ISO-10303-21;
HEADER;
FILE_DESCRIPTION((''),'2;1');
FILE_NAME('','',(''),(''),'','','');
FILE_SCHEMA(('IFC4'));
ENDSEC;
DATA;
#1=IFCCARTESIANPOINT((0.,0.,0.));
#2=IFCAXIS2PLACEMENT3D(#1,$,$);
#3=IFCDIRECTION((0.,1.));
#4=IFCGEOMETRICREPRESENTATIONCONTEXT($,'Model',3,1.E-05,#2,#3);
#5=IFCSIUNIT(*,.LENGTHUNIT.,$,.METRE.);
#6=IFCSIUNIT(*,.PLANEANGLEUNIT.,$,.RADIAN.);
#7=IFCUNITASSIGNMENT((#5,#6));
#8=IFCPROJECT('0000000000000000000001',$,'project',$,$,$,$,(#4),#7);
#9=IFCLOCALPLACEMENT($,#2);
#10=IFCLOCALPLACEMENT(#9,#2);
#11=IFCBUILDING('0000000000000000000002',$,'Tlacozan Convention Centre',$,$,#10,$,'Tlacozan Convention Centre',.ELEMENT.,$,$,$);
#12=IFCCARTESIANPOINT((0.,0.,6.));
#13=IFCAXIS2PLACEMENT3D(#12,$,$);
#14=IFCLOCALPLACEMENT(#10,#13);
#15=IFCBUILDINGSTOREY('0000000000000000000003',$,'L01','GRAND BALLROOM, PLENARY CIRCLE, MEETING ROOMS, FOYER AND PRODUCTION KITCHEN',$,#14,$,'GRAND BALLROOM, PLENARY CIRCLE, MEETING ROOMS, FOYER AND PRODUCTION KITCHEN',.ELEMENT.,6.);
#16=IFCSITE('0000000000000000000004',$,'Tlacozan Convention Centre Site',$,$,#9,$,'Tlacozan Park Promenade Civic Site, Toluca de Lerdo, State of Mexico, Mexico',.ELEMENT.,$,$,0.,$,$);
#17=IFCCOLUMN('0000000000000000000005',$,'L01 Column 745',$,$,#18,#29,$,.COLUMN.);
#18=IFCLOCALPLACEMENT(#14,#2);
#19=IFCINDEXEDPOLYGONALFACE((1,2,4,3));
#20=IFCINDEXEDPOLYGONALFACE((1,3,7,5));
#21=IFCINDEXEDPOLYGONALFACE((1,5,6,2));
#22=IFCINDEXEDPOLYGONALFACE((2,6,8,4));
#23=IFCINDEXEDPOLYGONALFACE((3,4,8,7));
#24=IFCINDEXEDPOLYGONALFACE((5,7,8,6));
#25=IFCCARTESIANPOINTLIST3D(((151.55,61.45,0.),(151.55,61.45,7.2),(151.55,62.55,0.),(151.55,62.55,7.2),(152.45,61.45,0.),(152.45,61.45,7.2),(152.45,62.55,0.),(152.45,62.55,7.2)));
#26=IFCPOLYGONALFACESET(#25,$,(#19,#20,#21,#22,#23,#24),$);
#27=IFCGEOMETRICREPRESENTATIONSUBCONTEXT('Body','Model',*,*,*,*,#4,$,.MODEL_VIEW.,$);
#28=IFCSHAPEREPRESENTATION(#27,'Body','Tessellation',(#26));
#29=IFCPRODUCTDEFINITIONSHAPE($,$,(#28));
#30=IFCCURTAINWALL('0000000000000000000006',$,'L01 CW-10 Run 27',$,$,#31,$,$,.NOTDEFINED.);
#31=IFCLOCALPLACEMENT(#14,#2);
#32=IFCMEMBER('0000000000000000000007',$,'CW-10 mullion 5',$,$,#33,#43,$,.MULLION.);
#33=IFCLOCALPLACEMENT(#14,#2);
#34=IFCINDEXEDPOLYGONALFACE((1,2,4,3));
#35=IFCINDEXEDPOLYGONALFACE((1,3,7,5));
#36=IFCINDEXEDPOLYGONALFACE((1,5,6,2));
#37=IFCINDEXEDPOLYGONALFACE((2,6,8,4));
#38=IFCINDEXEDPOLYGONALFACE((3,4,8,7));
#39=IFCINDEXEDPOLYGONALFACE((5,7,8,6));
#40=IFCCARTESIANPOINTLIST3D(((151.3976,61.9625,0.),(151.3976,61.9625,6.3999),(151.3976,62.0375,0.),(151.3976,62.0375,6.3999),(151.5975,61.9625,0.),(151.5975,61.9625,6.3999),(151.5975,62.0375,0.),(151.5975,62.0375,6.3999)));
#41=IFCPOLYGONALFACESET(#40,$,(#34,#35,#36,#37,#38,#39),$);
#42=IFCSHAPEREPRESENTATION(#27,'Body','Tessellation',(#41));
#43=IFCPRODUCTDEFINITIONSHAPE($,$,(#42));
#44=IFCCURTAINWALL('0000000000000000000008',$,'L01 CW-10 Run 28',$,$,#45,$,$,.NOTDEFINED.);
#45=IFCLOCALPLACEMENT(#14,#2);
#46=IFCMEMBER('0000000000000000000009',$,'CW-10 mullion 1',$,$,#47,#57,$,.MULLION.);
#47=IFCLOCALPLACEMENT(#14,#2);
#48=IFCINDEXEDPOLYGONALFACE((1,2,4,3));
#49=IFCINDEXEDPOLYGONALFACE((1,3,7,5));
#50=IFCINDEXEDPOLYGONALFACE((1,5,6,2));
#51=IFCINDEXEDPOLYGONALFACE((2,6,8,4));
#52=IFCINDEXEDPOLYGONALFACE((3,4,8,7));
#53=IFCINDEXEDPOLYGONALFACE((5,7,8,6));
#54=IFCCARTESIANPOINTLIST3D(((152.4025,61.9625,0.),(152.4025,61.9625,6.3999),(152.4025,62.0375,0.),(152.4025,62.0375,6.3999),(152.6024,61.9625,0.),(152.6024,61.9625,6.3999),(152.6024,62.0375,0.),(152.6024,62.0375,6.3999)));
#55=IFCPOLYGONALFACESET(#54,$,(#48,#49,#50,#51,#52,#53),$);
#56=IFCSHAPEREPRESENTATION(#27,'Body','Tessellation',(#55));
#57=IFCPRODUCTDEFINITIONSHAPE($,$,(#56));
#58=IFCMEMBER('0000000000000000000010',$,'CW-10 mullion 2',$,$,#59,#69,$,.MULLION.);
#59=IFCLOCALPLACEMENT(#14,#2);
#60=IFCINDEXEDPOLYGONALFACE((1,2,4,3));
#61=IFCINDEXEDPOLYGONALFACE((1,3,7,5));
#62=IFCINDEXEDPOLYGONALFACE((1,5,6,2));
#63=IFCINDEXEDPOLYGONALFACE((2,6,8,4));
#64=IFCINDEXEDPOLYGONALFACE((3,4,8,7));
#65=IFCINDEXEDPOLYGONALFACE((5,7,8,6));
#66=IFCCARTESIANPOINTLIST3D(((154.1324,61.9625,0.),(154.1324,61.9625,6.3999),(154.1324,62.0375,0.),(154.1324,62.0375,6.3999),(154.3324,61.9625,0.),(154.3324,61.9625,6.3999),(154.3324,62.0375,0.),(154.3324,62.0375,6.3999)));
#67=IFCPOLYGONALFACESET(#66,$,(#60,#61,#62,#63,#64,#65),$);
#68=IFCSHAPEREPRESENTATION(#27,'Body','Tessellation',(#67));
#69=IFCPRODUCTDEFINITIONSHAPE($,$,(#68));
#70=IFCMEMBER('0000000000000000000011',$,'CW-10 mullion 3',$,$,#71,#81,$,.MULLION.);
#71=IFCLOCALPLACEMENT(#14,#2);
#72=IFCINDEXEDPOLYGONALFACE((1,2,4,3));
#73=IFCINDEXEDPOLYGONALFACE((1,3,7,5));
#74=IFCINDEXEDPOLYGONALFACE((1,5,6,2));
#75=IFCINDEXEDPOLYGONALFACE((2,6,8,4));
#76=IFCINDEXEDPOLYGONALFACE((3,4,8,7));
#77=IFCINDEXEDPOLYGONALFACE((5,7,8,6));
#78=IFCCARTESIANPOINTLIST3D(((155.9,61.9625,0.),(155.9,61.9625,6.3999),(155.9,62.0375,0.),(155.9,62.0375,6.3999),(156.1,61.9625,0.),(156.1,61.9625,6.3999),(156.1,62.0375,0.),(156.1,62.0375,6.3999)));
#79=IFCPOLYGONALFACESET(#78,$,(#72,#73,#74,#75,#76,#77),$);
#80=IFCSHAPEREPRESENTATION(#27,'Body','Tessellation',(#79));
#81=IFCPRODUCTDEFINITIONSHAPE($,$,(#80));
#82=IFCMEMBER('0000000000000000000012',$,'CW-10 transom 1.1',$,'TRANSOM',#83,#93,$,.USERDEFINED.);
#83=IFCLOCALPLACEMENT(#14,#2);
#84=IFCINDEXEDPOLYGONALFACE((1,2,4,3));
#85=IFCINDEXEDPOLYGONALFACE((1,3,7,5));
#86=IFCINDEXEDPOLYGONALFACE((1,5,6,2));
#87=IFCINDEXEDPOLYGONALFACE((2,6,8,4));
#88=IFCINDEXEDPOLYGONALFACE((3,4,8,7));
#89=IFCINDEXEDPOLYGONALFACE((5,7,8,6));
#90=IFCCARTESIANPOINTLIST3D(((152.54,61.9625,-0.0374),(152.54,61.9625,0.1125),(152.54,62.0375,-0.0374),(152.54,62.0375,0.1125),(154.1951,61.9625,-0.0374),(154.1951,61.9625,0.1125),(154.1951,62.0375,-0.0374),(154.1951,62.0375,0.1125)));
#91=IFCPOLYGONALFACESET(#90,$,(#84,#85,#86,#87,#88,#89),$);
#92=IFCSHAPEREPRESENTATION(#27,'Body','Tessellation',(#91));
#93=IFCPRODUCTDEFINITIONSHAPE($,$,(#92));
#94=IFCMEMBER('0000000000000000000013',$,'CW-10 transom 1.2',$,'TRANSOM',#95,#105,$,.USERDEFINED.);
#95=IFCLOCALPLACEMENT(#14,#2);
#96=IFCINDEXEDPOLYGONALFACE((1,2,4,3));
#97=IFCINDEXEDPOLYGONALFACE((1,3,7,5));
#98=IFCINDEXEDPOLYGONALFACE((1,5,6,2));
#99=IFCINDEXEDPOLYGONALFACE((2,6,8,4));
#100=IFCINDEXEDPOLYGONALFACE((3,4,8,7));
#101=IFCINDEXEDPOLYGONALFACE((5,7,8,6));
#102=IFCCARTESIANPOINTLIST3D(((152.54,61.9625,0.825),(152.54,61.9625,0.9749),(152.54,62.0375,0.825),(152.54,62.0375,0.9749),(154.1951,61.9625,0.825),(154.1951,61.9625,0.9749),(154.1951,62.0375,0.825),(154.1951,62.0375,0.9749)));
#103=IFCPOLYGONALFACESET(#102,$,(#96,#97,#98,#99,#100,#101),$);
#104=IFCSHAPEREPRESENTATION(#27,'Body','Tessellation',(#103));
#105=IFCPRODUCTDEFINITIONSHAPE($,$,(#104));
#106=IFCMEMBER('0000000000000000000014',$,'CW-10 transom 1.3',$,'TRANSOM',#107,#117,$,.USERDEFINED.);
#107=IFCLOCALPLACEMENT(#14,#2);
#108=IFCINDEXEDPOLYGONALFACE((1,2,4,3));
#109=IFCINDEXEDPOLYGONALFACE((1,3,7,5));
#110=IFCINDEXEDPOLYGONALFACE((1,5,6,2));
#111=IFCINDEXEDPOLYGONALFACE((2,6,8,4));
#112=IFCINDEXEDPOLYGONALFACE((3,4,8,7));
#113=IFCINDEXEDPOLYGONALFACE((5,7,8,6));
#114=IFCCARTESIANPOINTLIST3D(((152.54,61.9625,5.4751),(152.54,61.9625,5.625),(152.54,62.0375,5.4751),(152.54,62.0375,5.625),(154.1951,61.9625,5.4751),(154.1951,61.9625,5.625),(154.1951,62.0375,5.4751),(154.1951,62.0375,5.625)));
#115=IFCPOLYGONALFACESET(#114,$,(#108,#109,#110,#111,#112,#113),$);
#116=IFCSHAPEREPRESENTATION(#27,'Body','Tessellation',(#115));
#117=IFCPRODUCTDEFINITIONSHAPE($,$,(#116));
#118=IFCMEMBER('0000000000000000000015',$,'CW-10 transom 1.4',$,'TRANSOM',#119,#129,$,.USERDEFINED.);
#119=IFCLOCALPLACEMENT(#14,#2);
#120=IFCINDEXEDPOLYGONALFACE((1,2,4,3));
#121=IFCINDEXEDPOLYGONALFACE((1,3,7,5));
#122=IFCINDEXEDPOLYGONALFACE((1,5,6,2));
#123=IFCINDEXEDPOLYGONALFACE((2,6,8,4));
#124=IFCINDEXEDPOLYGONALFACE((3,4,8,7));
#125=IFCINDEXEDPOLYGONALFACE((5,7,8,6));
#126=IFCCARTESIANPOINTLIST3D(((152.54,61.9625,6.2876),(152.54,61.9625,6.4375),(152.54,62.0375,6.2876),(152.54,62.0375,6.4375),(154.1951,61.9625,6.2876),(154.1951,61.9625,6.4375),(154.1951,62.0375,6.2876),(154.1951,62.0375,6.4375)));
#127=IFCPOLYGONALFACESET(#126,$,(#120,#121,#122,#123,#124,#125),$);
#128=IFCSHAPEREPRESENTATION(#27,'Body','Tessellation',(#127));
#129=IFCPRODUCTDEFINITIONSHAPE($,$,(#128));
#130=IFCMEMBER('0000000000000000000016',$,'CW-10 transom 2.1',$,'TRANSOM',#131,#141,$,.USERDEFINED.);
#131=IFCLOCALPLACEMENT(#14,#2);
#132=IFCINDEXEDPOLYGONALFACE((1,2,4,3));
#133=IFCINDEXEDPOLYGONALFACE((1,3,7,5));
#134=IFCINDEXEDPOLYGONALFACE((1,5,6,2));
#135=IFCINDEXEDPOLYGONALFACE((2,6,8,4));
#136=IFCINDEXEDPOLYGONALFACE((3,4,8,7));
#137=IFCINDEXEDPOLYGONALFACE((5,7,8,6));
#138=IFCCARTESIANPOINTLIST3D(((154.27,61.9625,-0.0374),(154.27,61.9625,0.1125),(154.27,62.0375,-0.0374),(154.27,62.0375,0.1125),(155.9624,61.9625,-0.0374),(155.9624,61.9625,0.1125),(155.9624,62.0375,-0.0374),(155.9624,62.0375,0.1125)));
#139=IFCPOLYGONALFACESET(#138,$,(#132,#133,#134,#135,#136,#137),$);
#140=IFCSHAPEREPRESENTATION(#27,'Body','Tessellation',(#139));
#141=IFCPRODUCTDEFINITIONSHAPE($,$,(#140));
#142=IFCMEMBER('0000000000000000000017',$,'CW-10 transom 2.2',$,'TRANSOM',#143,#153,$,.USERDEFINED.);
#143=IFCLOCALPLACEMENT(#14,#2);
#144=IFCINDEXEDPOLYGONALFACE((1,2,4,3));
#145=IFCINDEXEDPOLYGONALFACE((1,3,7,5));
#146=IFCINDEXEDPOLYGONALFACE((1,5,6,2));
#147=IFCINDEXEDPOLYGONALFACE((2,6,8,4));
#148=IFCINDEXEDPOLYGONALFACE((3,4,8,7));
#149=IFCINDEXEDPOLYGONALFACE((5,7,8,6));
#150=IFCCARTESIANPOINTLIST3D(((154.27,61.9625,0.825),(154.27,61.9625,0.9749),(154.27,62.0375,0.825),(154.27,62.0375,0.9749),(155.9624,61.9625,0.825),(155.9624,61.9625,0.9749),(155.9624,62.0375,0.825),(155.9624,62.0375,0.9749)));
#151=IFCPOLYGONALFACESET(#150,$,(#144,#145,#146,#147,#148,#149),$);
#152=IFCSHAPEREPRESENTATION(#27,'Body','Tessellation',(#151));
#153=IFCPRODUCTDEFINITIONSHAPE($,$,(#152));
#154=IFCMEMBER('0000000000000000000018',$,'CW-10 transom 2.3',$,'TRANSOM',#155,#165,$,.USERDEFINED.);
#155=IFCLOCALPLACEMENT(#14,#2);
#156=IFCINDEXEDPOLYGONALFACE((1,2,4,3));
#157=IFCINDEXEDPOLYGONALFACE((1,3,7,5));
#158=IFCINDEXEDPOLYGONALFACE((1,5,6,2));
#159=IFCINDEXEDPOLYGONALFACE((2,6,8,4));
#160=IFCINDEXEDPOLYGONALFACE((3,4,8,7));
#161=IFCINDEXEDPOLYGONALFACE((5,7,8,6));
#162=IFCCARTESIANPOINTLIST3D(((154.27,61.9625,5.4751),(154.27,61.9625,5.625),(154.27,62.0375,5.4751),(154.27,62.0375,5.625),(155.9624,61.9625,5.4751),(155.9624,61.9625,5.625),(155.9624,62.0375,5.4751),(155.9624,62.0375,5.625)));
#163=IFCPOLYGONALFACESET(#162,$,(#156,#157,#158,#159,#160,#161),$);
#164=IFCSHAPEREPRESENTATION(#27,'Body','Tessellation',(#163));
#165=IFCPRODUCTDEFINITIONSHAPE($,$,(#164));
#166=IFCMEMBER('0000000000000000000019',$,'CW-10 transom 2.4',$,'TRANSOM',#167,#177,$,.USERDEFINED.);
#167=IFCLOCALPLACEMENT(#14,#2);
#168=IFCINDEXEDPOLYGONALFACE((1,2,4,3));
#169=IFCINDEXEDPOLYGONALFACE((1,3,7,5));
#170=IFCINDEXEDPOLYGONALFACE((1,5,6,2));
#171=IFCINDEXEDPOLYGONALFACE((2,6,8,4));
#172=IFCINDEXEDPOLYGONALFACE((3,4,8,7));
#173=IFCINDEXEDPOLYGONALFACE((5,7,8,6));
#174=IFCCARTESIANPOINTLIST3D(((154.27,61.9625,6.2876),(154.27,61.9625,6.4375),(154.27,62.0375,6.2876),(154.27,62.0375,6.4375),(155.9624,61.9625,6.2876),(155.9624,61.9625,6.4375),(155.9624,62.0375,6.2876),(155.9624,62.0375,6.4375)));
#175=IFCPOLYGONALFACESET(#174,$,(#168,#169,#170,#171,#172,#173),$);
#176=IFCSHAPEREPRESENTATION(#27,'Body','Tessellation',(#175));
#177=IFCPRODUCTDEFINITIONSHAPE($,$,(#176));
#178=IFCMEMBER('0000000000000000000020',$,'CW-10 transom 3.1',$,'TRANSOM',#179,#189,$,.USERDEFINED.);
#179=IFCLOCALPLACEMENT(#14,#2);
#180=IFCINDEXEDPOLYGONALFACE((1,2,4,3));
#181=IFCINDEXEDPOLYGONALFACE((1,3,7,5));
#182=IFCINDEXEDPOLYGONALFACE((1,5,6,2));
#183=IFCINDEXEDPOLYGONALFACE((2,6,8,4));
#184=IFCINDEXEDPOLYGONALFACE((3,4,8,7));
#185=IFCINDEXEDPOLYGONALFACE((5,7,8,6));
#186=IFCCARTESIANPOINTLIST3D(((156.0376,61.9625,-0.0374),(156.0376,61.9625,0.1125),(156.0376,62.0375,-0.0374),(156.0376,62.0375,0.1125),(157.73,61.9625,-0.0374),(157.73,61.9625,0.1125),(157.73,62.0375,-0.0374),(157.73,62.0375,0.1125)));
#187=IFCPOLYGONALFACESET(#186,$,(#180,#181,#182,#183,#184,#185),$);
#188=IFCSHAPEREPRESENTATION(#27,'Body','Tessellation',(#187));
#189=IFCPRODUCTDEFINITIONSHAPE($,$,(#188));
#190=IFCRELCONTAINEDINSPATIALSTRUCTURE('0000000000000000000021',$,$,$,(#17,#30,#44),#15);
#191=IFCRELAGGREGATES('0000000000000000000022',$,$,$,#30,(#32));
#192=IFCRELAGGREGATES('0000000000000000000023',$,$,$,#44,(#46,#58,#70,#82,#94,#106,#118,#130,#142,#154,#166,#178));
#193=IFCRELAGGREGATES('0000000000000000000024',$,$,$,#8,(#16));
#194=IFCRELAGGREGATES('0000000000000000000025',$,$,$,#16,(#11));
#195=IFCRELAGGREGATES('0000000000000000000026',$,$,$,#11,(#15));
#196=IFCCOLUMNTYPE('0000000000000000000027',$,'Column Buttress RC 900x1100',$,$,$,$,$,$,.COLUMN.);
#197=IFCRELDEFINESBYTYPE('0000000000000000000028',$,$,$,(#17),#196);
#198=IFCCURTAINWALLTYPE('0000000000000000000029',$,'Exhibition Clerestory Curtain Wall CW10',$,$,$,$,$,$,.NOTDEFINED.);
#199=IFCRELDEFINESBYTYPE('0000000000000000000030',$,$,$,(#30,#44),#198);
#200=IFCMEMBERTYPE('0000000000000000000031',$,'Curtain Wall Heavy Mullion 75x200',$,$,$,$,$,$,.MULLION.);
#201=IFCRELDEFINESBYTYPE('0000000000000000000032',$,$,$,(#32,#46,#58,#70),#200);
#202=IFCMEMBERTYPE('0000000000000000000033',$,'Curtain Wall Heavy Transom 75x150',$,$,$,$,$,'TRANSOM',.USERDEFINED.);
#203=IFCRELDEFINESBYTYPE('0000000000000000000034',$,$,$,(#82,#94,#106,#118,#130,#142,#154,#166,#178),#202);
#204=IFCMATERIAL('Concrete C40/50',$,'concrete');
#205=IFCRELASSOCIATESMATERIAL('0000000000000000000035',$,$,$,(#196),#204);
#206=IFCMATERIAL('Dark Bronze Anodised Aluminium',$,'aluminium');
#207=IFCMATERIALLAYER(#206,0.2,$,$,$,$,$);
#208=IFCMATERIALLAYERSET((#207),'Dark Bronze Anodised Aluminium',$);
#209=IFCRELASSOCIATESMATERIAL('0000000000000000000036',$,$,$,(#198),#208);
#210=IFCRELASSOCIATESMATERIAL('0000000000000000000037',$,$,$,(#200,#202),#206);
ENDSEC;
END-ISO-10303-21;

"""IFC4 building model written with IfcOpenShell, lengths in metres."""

from ifc_helpers import new_model, si_unit, direction, frame, origin, origin_2d, place, context, subcontext, project, spatial, rectangle, extrude, material, layer, layer_set, material_profile, profile_set, type_object, element, aggregate, save


model = new_model("IFC4")

# Units and contexts
model_context = context("Model", 3, precision=1e-05, world=origin(), true_north=direction((0.0, 1.0)))
body_context = subcontext(model_context, "Body", "Model", "MODEL_VIEW")
ifc_project = project(units=[si_unit("LENGTHUNIT", "METRE"), si_unit("PLANEANGLEUNIT", "RADIAN")], contexts=[model_context])

# Site, building, storey
site_placement = place(None, origin())
site = spatial("IfcSite", under=ifc_project, at=site_placement, Name="Tlacozan Convention Centre Site", LongName="Tlacozan Park Promenade Civic Site, Toluca de Lerdo, State of Mexico, Mexico", CompositionType="ELEMENT", RefElevation=0.0)
building_placement = place(site_placement, origin())
building = spatial("IfcBuilding", under=site, at=building_placement, Name="Tlacozan Convention Centre", LongName="Tlacozan Convention Centre", CompositionType="ELEMENT")
storey_placement = place(building_placement, frame((0.0, 0.0, 6.0)))
storey = spatial("IfcBuildingStorey", under=building, at=storey_placement, Name="L01", Description="GRAND BALLROOM, PLENARY CIRCLE, MEETING ROOMS, FOYER AND PRODUCTION KITCHEN", LongName="GRAND BALLROOM, PLENARY CIRCLE, MEETING ROOMS, FOYER AND PRODUCTION KITCHEN", CompositionType="ELEMENT", Elevation=6.0)

# Column
ifc_material_1 = material(Name="Concrete C40/50", Category="concrete")
ifc_material_profile_1 = material_profile(ifc_material_1, rectangle(XDim=0.8999, YDim=1.1001, at=origin_2d()), Name="RC 900x1100")
ifc_profile_set_1 = profile_set([ifc_material_profile_1], Name="Concrete C40/50")
column_type = type_object("IfcColumnType", Name="Column Buttress RC 900x1100", PredefinedType="COLUMN", material=ifc_profile_set_1)
column_placement = place(storey_placement, frame((152.0, 62.0, 0.0), z_axis=(0.0, 0.0, 1.0), x_axis=(1.0, 0.0, 0.0)))
element("IfcColumn", 1, at=column_placement, inside=storey, type_object=column_type, Name="L01 Column 745", PredefinedType="COLUMN", context=body_context, shape_type="SweptSolid", body=[
    extrude(rectangle(XDim=0.8999, YDim=1.1001, at=origin_2d()), origin(), (0.0, 0.0, 1.0), 7.2),
])

# Curtain wall, member
ifc_material_2 = material(Name="Dark Bronze Anodised Aluminium", Category="aluminium")
ifc_layer_1 = layer(ifc_material_2, 0.2)
ifc_layer_set_1 = layer_set([ifc_layer_1], Name="Dark Bronze Anodised Aluminium")
curtain_wall_type = type_object("IfcCurtainWallType", Name="Exhibition Clerestory Curtain Wall CW10", PredefinedType="NOTDEFINED", material=ifc_layer_set_1)
curtain_wall_1_placement = place(storey_placement, origin())
curtain_wall_1 = element("IfcCurtainWall", 2, at=curtain_wall_1_placement, inside=storey, type_object=curtain_wall_type, Name="L01 CW-10 Run 27", PredefinedType="NOTDEFINED")
ifc_material_profile_2 = material_profile(ifc_material_2, rectangle(XDim=0.075, YDim=0.2, at=origin_2d()), Name="ALU 75x200")
ifc_profile_set_2 = profile_set([ifc_material_profile_2], Name="Dark Bronze Anodised Aluminium")
member_type_1 = type_object("IfcMemberType", Name="Curtain Wall Heavy Mullion 75x200", PredefinedType="MULLION", material=ifc_profile_set_2)
member_1_placement = place(storey_placement, frame((151.4976, 62.0, 0.0), z_axis=(0.0, 0.0, 1.0), x_axis=(0.0, 1.0, 0.0)))
member_1 = element("IfcMember", 3, at=member_1_placement, type_object=member_type_1, Name="CW-10 mullion 5", PredefinedType="MULLION", context=body_context, shape_type="SweptSolid", body=[
    extrude(rectangle(XDim=0.075, YDim=0.2, at=origin_2d()), origin(), (0.0, 0.0, 1.0), 6.3999),
])

# Curtain wall, members
curtain_wall_2_placement = place(storey_placement, origin())
curtain_wall_2 = element("IfcCurtainWall", 4, at=curtain_wall_2_placement, inside=storey, type_object=curtain_wall_type, Name="L01 CW-10 Run 28", PredefinedType="NOTDEFINED")
member_2_placement = place(storey_placement, frame((152.5024, 62.0, 0.0), z_axis=(0.0, 0.0, 1.0), x_axis=(0.0, 1.0, 0.0)))
member_2 = element("IfcMember", 5, at=member_2_placement, type_object=member_type_1, Name="CW-10 mullion 1", PredefinedType="MULLION", context=body_context, shape_type="SweptSolid", body=[
    extrude(rectangle(XDim=0.075, YDim=0.2, at=origin_2d()), origin(), (0.0, 0.0, 1.0), 6.3999),
])
member_3_placement = place(storey_placement, frame((154.2324, 62.0, 0.0), z_axis=(0.0, 0.0, 1.0), x_axis=(0.0, 1.0, 0.0)))
member_3 = element("IfcMember", 6, at=member_3_placement, type_object=member_type_1, Name="CW-10 mullion 2", PredefinedType="MULLION", context=body_context, shape_type="SweptSolid", body=[
    extrude(rectangle(XDim=0.075, YDim=0.2, at=origin_2d()), origin(), (0.0, 0.0, 1.0), 6.3999),
])
member_4_placement = place(storey_placement, frame((156.0, 62.0, 0.0), z_axis=(0.0, 0.0, 1.0), x_axis=(0.0, 1.0, 0.0)))
member_4 = element("IfcMember", 7, at=member_4_placement, type_object=member_type_1, Name="CW-10 mullion 3", PredefinedType="MULLION", context=body_context, shape_type="SweptSolid", body=[
    extrude(rectangle(XDim=0.075, YDim=0.2, at=origin_2d()), origin(), (0.0, 0.0, 1.0), 6.3999),
])
ifc_material_profile_3 = material_profile(ifc_material_2, rectangle(XDim=0.075, YDim=0.1499, at=origin_2d()), Name="ALU 75x150")
ifc_profile_set_3 = profile_set([ifc_material_profile_3], Name="Dark Bronze Anodised Aluminium")
member_type_2 = type_object("IfcMemberType", Name="Curtain Wall Heavy Transom 75x150", ElementType="TRANSOM", PredefinedType="USERDEFINED", material=ifc_profile_set_3)
member_5_placement = place(storey_placement, frame((152.54, 62.0, 0.0376), z_axis=(1.0, 0.0, 0.0), x_axis=(0.0, 1.0, 0.0)))
member_5 = element("IfcMember", 8, at=member_5_placement, type_object=member_type_2, Name="CW-10 transom 1.1", ObjectType="TRANSOM", PredefinedType="USERDEFINED", context=body_context, shape_type="SweptSolid", body=[
    extrude(rectangle(XDim=0.075, YDim=0.1499, at=origin_2d()), origin(), (0.0, 0.0, 1.0), 1.655),
])
member_6_placement = place(storey_placement, frame((152.54, 62.0, 0.8999), z_axis=(1.0, 0.0, 0.0), x_axis=(0.0, 1.0, 0.0)))
member_6 = element("IfcMember", 9, at=member_6_placement, type_object=member_type_2, Name="CW-10 transom 1.2", ObjectType="TRANSOM", PredefinedType="USERDEFINED", context=body_context, shape_type="SweptSolid", body=[
    extrude(rectangle(XDim=0.075, YDim=0.1499, at=origin_2d()), origin(), (0.0, 0.0, 1.0), 1.655),
])
member_7_placement = place(storey_placement, frame((152.54, 62.0, 5.55), z_axis=(1.0, 0.0, 0.0), x_axis=(0.0, 1.0, 0.0)))
member_7 = element("IfcMember", 10, at=member_7_placement, type_object=member_type_2, Name="CW-10 transom 1.3", ObjectType="TRANSOM", PredefinedType="USERDEFINED", context=body_context, shape_type="SweptSolid", body=[
    extrude(rectangle(XDim=0.075, YDim=0.1499, at=origin_2d()), origin(), (0.0, 0.0, 1.0), 1.655),
])
member_8_placement = place(storey_placement, frame((152.54, 62.0, 6.3625), z_axis=(1.0, 0.0, 0.0), x_axis=(0.0, 1.0, 0.0)))
member_8 = element("IfcMember", 11, at=member_8_placement, type_object=member_type_2, Name="CW-10 transom 1.4", ObjectType="TRANSOM", PredefinedType="USERDEFINED", context=body_context, shape_type="SweptSolid", body=[
    extrude(rectangle(XDim=0.075, YDim=0.1499, at=origin_2d()), origin(), (0.0, 0.0, 1.0), 1.655),
])
member_9_placement = place(storey_placement, frame((154.27, 62.0, 0.0376), z_axis=(1.0, 0.0, 0.0), x_axis=(0.0, 1.0, 0.0)))
member_9 = element("IfcMember", 12, at=member_9_placement, type_object=member_type_2, Name="CW-10 transom 2.1", ObjectType="TRANSOM", PredefinedType="USERDEFINED", context=body_context, shape_type="SweptSolid", body=[
    extrude(rectangle(XDim=0.075, YDim=0.1499, at=origin_2d()), origin(), (0.0, 0.0, 1.0), 1.6924),
])
member_10_placement = place(storey_placement, frame((154.27, 62.0, 0.8999), z_axis=(1.0, 0.0, 0.0), x_axis=(0.0, 1.0, 0.0)))
member_10 = element("IfcMember", 13, at=member_10_placement, type_object=member_type_2, Name="CW-10 transom 2.2", ObjectType="TRANSOM", PredefinedType="USERDEFINED", context=body_context, shape_type="SweptSolid", body=[
    extrude(rectangle(XDim=0.075, YDim=0.1499, at=origin_2d()), origin(), (0.0, 0.0, 1.0), 1.6924),
])
member_11_placement = place(storey_placement, frame((154.27, 62.0, 5.55), z_axis=(1.0, 0.0, 0.0), x_axis=(0.0, 1.0, 0.0)))
member_11 = element("IfcMember", 14, at=member_11_placement, type_object=member_type_2, Name="CW-10 transom 2.3", ObjectType="TRANSOM", PredefinedType="USERDEFINED", context=body_context, shape_type="SweptSolid", body=[
    extrude(rectangle(XDim=0.075, YDim=0.1499, at=origin_2d()), origin(), (0.0, 0.0, 1.0), 1.6924),
])
member_12_placement = place(storey_placement, frame((154.27, 62.0, 6.3625), z_axis=(1.0, 0.0, 0.0), x_axis=(0.0, 1.0, 0.0)))
member_12 = element("IfcMember", 15, at=member_12_placement, type_object=member_type_2, Name="CW-10 transom 2.4", ObjectType="TRANSOM", PredefinedType="USERDEFINED", context=body_context, shape_type="SweptSolid", body=[
    extrude(rectangle(XDim=0.075, YDim=0.1499, at=origin_2d()), origin(), (0.0, 0.0, 1.0), 1.6924),
])
member_13_placement = place(storey_placement, frame((156.0376, 62.0, 0.0376), z_axis=(1.0, 0.0, 0.0), x_axis=(0.0, 1.0, 0.0)))
member_13 = element("IfcMember", 16, at=member_13_placement, type_object=member_type_2, Name="CW-10 transom 3.1", ObjectType="TRANSOM", PredefinedType="USERDEFINED", context=body_context, shape_type="SweptSolid", body=[
    extrude(rectangle(XDim=0.075, YDim=0.1499, at=origin_2d()), origin(), (0.0, 0.0, 1.0), 1.6924),
])

aggregate(curtain_wall_1, [member_1])
aggregate(curtain_wall_2, [member_2, member_3, member_4, member_5, member_6, member_7, member_8, member_9, member_10, member_11, member_12, member_13])

save(model, "model.ifc")
